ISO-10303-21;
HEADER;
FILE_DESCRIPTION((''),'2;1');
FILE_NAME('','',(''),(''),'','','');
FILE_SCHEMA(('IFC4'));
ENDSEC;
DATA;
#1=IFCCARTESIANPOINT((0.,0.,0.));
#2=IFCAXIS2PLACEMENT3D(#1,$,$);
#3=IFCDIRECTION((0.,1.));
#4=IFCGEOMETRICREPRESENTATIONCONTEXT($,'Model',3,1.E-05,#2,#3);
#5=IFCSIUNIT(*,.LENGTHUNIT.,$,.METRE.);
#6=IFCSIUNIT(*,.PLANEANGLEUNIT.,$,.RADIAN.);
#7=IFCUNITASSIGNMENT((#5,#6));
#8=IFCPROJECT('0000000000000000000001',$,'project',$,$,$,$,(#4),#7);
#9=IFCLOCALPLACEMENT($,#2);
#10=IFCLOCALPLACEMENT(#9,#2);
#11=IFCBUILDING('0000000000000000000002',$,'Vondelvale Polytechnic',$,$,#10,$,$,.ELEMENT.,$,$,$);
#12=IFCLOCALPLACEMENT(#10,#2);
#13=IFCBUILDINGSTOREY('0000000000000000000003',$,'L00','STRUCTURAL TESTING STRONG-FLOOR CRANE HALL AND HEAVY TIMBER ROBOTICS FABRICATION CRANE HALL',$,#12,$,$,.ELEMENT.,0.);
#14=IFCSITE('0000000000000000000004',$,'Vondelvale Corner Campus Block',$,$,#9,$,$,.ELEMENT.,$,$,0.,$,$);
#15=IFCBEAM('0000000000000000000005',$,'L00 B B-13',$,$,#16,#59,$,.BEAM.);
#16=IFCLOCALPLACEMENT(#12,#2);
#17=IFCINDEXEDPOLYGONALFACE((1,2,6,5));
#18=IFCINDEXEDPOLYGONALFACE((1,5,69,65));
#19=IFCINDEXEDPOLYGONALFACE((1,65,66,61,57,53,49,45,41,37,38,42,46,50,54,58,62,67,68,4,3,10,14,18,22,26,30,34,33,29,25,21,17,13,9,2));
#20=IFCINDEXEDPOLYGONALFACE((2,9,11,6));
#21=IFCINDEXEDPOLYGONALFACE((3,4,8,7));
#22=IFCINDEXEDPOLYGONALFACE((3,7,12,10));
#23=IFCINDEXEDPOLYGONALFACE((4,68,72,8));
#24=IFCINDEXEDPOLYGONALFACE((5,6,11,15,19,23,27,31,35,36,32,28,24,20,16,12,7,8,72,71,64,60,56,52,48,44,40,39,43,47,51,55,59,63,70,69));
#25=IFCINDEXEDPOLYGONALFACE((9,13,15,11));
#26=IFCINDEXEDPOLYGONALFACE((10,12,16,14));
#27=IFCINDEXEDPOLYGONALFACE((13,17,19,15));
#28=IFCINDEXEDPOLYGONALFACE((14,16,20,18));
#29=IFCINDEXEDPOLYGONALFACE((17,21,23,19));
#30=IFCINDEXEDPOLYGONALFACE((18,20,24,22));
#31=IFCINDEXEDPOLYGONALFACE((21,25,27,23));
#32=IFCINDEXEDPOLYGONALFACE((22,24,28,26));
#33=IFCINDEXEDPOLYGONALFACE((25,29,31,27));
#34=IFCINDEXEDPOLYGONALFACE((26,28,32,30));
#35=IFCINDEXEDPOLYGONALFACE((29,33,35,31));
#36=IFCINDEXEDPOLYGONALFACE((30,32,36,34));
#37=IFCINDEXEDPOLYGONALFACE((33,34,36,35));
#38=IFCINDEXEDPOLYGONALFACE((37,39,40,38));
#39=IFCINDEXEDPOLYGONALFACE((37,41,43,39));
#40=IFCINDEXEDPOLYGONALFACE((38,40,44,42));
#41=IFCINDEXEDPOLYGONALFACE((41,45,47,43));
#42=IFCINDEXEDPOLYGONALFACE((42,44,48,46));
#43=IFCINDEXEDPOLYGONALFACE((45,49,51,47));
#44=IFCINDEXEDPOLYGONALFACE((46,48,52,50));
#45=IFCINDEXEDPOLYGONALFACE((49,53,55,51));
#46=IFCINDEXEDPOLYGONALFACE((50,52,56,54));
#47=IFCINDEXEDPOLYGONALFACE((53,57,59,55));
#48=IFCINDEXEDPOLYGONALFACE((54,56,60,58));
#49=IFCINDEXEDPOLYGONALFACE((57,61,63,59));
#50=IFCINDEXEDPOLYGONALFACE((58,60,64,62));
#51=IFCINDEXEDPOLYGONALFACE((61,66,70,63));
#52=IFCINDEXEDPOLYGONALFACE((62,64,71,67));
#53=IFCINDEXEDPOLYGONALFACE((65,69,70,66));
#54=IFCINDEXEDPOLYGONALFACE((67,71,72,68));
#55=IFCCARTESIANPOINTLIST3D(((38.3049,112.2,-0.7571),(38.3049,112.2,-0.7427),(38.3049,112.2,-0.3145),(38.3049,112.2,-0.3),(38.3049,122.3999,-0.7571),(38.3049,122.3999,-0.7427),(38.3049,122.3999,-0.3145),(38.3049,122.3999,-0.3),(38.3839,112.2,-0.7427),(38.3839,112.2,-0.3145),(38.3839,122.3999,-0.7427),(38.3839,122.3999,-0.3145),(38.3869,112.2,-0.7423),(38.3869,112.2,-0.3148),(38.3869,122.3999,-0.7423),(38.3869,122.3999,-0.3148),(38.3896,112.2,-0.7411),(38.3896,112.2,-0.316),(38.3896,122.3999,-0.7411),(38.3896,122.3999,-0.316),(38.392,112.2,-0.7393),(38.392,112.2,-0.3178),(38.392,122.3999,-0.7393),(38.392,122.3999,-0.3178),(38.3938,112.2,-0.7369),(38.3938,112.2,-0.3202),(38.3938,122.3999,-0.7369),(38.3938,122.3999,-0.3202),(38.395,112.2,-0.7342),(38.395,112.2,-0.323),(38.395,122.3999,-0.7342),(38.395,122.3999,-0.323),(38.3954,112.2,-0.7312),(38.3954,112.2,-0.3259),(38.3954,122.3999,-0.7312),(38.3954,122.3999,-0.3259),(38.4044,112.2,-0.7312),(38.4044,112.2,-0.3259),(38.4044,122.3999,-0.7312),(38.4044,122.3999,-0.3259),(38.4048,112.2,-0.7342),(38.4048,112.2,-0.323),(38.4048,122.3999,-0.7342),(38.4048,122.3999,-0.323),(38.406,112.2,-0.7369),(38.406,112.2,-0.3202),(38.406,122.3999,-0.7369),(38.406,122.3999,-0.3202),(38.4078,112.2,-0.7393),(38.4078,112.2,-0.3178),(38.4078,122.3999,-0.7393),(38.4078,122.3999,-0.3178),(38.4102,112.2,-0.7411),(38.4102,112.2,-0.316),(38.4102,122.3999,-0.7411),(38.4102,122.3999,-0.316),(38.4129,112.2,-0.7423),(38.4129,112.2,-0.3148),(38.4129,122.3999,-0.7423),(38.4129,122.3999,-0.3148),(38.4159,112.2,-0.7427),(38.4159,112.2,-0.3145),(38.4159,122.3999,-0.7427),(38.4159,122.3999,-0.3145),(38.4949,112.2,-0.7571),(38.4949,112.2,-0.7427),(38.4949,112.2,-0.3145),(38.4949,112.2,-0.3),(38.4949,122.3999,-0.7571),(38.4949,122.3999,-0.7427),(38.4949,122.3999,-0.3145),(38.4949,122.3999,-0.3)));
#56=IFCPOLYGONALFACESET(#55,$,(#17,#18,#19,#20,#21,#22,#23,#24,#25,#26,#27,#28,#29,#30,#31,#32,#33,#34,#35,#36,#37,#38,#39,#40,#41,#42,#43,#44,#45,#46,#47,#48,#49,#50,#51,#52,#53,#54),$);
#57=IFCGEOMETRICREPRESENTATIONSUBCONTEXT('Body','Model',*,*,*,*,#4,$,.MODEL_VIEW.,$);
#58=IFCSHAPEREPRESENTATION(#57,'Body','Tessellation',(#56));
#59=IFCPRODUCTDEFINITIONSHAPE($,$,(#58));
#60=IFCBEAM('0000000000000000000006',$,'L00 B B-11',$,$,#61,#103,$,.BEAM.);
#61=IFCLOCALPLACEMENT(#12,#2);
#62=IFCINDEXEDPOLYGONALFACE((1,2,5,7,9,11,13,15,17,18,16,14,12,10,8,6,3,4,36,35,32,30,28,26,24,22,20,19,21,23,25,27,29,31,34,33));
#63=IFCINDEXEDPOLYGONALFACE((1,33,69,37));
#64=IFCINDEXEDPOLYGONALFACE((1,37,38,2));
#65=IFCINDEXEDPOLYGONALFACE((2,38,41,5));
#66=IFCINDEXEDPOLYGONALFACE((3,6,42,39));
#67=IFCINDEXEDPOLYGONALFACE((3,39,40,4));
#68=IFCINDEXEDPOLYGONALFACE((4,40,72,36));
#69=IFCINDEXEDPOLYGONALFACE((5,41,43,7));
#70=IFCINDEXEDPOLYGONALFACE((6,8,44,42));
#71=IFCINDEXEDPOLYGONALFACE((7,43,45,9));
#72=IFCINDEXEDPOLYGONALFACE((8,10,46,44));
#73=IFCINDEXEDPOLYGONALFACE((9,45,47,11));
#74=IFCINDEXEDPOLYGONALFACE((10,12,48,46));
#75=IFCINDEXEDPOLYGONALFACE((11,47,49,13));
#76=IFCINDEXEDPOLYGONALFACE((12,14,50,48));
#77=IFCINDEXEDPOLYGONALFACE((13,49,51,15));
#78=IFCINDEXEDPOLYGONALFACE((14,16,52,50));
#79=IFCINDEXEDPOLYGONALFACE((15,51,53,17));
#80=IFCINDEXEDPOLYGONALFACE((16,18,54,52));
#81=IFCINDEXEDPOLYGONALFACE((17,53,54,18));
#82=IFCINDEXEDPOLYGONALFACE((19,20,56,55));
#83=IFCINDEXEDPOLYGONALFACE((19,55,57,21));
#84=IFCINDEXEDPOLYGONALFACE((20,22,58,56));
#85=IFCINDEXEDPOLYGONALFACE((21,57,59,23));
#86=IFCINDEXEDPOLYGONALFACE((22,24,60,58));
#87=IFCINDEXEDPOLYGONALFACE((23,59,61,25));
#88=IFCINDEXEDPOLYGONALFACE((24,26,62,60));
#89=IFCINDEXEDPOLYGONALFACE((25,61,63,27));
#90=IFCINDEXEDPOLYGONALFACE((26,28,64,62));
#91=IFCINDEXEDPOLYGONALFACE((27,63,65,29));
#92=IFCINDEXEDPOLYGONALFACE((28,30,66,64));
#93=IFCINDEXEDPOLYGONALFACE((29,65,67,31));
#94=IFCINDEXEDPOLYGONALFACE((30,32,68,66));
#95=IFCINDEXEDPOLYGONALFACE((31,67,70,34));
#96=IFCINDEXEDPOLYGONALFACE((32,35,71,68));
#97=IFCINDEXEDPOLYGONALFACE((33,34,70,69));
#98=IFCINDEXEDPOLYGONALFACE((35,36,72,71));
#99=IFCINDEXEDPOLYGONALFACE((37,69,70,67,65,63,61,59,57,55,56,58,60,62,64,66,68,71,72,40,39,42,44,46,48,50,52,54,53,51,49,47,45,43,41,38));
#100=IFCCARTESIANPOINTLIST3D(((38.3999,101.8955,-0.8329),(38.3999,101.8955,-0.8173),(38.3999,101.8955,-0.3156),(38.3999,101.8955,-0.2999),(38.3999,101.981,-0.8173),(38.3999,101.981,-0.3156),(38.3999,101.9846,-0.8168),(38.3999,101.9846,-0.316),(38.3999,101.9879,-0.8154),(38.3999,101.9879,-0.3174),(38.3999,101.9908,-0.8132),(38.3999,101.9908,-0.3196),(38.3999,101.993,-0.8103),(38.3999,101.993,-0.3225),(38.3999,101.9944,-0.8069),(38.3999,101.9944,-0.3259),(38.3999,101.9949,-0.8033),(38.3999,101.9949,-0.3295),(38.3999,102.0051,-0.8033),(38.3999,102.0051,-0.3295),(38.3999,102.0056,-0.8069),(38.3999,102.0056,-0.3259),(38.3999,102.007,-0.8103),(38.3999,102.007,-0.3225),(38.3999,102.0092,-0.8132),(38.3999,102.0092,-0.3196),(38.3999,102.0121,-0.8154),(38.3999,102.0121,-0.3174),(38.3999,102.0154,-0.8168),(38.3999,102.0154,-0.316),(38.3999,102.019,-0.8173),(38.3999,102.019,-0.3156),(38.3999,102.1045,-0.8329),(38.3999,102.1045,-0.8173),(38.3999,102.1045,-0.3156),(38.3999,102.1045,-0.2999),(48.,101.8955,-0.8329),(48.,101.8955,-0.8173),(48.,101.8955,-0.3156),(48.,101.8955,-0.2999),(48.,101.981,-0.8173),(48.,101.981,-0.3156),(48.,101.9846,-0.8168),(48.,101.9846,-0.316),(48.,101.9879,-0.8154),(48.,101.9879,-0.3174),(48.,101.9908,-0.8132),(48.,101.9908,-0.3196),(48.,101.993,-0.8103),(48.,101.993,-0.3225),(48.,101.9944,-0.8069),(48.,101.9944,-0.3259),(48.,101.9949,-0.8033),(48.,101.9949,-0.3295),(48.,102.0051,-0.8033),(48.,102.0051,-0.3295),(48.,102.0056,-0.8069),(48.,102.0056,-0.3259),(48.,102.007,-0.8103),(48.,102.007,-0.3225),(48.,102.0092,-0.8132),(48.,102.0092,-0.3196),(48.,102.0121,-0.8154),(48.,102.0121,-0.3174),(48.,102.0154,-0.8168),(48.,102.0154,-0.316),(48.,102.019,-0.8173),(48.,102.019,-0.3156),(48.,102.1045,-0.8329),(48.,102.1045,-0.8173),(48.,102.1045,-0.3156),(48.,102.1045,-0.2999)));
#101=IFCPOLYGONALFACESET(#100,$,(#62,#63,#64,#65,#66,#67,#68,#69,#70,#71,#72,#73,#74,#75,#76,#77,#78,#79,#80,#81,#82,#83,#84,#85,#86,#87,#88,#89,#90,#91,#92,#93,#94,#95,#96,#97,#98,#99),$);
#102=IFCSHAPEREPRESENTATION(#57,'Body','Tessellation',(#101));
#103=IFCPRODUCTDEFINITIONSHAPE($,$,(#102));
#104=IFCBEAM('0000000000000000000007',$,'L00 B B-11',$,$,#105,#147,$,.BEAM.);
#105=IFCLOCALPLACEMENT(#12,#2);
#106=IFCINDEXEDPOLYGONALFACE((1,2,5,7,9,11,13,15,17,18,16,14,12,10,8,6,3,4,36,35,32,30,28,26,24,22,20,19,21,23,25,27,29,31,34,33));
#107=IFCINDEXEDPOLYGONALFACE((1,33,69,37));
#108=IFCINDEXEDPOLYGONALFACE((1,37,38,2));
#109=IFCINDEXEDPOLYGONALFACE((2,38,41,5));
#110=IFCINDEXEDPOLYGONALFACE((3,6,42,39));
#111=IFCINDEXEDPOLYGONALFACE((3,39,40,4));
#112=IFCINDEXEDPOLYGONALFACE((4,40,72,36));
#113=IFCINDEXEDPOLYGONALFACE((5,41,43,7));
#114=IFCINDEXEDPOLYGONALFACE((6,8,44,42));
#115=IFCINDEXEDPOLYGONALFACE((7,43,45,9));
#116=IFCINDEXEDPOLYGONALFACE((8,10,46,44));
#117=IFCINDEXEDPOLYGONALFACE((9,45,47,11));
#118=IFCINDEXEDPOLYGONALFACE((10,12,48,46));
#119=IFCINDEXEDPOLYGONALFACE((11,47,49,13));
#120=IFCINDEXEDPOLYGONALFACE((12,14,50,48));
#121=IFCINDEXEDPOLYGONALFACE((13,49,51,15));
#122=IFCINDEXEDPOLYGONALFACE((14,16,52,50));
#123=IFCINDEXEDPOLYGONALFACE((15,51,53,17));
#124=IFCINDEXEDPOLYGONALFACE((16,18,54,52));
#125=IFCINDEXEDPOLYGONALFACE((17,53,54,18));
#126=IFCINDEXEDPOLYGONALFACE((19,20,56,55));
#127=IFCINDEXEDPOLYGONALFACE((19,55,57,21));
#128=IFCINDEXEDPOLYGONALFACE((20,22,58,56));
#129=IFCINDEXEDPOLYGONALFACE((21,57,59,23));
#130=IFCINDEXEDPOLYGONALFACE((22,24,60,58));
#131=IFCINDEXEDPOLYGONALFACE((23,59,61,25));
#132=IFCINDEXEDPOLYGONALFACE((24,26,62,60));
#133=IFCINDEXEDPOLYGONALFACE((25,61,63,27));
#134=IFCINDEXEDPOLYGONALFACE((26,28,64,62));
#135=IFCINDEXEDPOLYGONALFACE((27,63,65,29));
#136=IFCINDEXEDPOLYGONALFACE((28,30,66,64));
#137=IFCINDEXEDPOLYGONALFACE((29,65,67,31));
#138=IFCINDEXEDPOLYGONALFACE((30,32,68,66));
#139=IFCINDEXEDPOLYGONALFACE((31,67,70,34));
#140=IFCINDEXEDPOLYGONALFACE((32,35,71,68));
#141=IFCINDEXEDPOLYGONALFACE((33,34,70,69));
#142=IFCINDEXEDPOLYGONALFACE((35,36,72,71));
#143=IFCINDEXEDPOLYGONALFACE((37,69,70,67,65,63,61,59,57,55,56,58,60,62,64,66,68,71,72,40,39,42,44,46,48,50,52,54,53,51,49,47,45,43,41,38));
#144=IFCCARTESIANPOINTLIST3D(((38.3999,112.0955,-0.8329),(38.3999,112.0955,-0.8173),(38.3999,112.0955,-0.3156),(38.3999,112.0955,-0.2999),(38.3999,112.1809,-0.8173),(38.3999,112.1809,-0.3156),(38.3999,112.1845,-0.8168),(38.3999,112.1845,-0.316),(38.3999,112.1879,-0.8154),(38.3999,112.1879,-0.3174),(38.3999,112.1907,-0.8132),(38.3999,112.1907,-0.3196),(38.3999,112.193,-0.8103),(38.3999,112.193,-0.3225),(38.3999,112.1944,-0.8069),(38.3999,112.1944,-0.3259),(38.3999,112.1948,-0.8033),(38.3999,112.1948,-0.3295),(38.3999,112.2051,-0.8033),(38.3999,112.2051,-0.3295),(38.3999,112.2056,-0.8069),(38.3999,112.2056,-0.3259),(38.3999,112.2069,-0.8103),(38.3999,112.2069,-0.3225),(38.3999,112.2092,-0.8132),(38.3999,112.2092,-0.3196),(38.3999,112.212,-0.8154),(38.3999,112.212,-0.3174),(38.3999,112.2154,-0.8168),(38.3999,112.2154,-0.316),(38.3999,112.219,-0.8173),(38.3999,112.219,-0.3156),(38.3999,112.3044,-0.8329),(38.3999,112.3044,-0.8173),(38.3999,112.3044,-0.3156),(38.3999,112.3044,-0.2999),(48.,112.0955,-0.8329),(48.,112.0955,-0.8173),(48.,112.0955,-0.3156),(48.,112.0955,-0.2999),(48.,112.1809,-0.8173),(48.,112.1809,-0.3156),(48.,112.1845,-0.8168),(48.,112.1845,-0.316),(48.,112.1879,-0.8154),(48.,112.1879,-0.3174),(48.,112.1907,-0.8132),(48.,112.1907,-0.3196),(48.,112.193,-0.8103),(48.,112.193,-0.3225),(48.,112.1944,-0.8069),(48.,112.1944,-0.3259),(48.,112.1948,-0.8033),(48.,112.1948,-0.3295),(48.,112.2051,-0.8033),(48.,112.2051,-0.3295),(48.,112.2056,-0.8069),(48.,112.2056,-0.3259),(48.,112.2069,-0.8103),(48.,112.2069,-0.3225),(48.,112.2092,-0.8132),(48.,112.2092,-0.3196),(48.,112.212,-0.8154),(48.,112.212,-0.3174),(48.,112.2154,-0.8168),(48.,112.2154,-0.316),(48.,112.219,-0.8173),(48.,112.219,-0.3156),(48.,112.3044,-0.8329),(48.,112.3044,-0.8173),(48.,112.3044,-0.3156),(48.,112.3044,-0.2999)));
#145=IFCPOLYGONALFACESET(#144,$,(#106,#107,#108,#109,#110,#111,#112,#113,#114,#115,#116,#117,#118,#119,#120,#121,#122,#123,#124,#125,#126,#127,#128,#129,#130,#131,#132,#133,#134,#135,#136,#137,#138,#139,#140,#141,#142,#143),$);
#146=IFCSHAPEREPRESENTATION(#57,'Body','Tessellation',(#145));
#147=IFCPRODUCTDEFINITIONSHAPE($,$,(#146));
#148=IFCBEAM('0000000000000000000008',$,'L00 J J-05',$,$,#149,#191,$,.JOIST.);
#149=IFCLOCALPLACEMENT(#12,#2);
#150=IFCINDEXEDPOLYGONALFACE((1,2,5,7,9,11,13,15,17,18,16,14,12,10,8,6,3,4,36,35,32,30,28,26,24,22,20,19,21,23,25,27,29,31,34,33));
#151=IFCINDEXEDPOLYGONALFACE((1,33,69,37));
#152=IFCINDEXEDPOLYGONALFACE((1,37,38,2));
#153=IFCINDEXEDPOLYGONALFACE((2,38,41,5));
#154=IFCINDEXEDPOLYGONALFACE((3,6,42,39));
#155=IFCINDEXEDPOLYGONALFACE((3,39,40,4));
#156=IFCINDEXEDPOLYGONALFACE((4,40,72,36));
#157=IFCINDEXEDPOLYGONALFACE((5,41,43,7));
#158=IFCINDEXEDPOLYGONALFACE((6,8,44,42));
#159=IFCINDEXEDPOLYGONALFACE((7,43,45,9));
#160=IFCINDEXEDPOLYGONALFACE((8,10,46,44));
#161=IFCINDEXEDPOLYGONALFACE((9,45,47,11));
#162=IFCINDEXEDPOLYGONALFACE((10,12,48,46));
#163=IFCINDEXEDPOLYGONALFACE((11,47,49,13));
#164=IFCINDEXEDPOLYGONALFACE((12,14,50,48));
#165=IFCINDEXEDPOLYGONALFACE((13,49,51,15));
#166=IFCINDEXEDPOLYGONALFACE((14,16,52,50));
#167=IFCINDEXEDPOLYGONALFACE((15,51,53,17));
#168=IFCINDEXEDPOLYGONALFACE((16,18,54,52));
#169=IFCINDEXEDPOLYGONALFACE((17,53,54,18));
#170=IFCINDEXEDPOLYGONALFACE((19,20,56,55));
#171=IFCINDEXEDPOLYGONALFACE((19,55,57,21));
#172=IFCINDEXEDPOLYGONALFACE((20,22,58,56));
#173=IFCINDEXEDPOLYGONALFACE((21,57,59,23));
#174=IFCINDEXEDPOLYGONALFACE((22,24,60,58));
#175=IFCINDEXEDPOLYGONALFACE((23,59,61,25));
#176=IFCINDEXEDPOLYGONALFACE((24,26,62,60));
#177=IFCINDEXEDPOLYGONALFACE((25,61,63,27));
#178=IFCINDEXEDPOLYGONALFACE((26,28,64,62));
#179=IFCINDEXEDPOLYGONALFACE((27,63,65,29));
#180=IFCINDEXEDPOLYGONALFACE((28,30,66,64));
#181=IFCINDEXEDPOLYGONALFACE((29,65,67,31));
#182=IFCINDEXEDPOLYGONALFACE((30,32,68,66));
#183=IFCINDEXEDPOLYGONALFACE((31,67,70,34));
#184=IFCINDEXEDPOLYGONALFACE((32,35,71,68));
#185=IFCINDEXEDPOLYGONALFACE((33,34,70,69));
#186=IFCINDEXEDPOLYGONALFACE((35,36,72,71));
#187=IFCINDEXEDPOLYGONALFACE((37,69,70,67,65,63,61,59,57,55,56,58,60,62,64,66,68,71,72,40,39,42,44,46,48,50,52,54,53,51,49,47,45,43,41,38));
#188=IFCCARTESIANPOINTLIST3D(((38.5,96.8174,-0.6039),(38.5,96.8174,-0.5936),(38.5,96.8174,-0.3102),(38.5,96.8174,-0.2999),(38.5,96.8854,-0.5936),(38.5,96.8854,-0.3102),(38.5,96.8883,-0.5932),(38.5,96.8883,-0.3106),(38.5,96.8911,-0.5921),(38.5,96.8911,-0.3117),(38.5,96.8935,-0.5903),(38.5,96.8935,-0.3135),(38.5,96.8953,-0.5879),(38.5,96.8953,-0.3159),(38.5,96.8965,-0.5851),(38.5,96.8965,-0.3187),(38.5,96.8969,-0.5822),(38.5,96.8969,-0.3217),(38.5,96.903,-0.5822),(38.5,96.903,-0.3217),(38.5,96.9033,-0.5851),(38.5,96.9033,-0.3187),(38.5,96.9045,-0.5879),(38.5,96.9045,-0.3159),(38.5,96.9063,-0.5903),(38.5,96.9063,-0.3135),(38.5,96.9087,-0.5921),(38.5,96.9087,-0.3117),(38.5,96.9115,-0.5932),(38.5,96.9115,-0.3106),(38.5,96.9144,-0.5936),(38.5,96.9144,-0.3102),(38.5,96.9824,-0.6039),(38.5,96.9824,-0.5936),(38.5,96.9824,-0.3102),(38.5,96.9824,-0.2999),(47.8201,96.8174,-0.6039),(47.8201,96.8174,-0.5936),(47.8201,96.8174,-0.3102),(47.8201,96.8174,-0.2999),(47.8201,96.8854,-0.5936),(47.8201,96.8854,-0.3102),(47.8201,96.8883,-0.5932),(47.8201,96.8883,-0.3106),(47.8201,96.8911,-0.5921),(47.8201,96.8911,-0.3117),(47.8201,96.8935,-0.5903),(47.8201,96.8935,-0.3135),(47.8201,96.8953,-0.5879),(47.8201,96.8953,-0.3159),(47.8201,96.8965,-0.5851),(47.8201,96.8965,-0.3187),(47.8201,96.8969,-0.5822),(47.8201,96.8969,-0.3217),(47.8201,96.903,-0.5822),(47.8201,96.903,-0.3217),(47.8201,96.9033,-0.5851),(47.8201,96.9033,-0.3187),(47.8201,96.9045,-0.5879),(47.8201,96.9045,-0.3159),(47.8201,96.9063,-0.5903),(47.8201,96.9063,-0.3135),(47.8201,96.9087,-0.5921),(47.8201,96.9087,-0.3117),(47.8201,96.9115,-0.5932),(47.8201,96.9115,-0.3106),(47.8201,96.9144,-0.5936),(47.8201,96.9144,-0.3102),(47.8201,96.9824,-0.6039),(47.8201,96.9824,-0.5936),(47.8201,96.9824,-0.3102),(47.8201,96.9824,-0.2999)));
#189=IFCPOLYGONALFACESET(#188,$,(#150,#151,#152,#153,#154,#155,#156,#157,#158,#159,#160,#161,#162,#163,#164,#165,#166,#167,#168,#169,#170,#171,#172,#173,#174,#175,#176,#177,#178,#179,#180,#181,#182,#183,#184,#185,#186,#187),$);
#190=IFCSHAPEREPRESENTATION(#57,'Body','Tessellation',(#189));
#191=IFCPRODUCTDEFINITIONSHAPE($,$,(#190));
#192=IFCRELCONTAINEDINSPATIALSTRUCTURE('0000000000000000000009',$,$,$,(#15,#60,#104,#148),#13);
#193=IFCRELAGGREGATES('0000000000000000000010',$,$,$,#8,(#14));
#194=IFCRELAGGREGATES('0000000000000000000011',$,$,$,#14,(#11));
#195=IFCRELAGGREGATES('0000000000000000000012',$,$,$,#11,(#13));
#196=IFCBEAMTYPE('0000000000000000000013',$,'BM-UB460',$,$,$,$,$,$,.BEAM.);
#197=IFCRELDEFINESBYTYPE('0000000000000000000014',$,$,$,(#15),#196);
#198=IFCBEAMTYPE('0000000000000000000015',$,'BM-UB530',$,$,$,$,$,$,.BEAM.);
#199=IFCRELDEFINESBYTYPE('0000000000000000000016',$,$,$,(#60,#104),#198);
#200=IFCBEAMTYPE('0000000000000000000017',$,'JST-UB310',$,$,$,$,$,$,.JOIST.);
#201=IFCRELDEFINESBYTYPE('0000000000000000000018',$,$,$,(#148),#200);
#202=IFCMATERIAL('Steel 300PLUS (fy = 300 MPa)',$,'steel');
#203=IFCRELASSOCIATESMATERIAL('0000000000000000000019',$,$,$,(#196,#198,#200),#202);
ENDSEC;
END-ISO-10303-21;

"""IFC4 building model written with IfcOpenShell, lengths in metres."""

from ifc_helpers import new_model, si_unit, direction, frame, origin, origin_2d, place, context, subcontext, project, spatial, i_section, extrude, material, material_profile, profile_set, type_object, element, save


model = new_model("IFC4")

# Units and contexts
model_context = context("Model", 3, precision=1e-05, world=origin(), true_north=direction((0.0, 1.0)))
body_context = subcontext(model_context, "Body", "Model", "MODEL_VIEW")
ifc_project = project(units=[si_unit("LENGTHUNIT", "METRE"), si_unit("PLANEANGLEUNIT", "RADIAN")], contexts=[model_context])

# Site, building, storey
site_placement = place(None, origin())
site = spatial("IfcSite", under=ifc_project, at=site_placement, Name="Vondelvale Corner Campus Block", CompositionType="ELEMENT", RefElevation=0.0)
building_placement = place(site_placement, origin())
building = spatial("IfcBuilding", under=site, at=building_placement, Name="Vondelvale Polytechnic", CompositionType="ELEMENT")
storey_placement = place(building_placement, origin())
storey = spatial("IfcBuildingStorey", under=building, at=storey_placement, Name="L00", Description="STRUCTURAL TESTING STRONG-FLOOR CRANE HALL AND HEAVY TIMBER ROBOTICS FABRICATION CRANE HALL", CompositionType="ELEMENT", Elevation=0.0)

# Beams
ifc_material_1 = material(Name="Steel 300PLUS (fy = 300 MPa)", Category="steel")
ifc_material_profile_1 = material_profile(ifc_material_1, i_section(OverallWidth=0.1899, OverallDepth=0.457, WebThickness=0.009, FlangeThickness=0.0144, FilletRadius=0.0115, at=origin_2d()), Name="460UB74.6")
ifc_profile_set_1 = profile_set([ifc_material_profile_1], Name="Steel 300PLUS (fy = 300 MPa)")
beam_type_1 = type_object("IfcBeamType", Name="BM-UB460", PredefinedType="BEAM", material=ifc_profile_set_1)
for number, where, z_axis, x_axis, name in (
    (1, (38.3999, 112.2, -0.5286), (0.0, 1.0, 0.0), (-1.0, 0.0, 0.0), "L00 B B-13"),
):
    element("IfcBeam", number, at=place(storey_placement, frame(where, z_axis=z_axis, x_axis=x_axis)), inside=storey, type_object=beam_type_1, Name=name, PredefinedType="BEAM", context=body_context, shape_type="SweptSolid", body=[
        extrude(i_section(OverallWidth=0.1899, OverallDepth=0.457, WebThickness=0.009, FlangeThickness=0.0144, FilletRadius=0.0115, at=origin_2d()), origin(), (0.0, 0.0, 1.0), 10.2),
    ])
ifc_material_profile_2 = material_profile(ifc_material_1, i_section(OverallWidth=0.209, OverallDepth=0.533, WebThickness=0.0103, FlangeThickness=0.0156, FilletRadius=0.0139, at=origin_2d()), Name="530UB92.4")
ifc_profile_set_2 = profile_set([ifc_material_profile_2], Name="Steel 300PLUS (fy = 300 MPa)")
beam_type_2 = type_object("IfcBeamType", Name="BM-UB530", PredefinedType="BEAM", material=ifc_profile_set_2)
for number, where, z_axis, x_axis, name in (
    (2, (38.3999, 102.0, -0.5664), (1.0, 0.0, 0.0), (0.0, 1.0, 0.0), "L00 B B-11"),
    (3, (38.3999, 112.2, -0.5664), (1.0, 0.0, 0.0), (0.0, 1.0, 0.0), "L00 B B-11"),
):
    element("IfcBeam", number, at=place(storey_placement, frame(where, z_axis=z_axis, x_axis=x_axis)), inside=storey, type_object=beam_type_2, Name=name, PredefinedType="BEAM", context=body_context, shape_type="SweptSolid", body=[
        extrude(i_section(OverallWidth=0.209, OverallDepth=0.533, WebThickness=0.0103, FlangeThickness=0.0156, FilletRadius=0.0139, at=origin_2d()), origin(), (0.0, 0.0, 1.0), 9.6001),
    ])
ifc_material_profile_3 = material_profile(ifc_material_1, i_section(OverallWidth=0.165, OverallDepth=0.304, WebThickness=0.0061, FlangeThickness=0.0103, FilletRadius=0.0115, at=origin_2d()), Name="310UB40.4")
ifc_profile_set_3 = profile_set([ifc_material_profile_3], Name="Steel 300PLUS (fy = 300 MPa)")
beam_type_3 = type_object("IfcBeamType", Name="JST-UB310", PredefinedType="JOIST", material=ifc_profile_set_3)
for number, where, z_axis, x_axis, name in (
    (4, (38.5, 96.8999, -0.4519), (1.0, 0.0, 0.0), (0.0, 1.0, 0.0), "L00 J J-05"),
):
    element("IfcBeam", number, at=place(storey_placement, frame(where, z_axis=z_axis, x_axis=x_axis)), inside=storey, type_object=beam_type_3, Name=name, PredefinedType="JOIST", context=body_context, shape_type="SweptSolid", body=[
        extrude(i_section(OverallWidth=0.165, OverallDepth=0.304, WebThickness=0.0061, FlangeThickness=0.0103, FilletRadius=0.0115, at=origin_2d()), origin(), (0.0, 0.0, 1.0), 9.3201),
    ])

save(model, "model.ifc")
